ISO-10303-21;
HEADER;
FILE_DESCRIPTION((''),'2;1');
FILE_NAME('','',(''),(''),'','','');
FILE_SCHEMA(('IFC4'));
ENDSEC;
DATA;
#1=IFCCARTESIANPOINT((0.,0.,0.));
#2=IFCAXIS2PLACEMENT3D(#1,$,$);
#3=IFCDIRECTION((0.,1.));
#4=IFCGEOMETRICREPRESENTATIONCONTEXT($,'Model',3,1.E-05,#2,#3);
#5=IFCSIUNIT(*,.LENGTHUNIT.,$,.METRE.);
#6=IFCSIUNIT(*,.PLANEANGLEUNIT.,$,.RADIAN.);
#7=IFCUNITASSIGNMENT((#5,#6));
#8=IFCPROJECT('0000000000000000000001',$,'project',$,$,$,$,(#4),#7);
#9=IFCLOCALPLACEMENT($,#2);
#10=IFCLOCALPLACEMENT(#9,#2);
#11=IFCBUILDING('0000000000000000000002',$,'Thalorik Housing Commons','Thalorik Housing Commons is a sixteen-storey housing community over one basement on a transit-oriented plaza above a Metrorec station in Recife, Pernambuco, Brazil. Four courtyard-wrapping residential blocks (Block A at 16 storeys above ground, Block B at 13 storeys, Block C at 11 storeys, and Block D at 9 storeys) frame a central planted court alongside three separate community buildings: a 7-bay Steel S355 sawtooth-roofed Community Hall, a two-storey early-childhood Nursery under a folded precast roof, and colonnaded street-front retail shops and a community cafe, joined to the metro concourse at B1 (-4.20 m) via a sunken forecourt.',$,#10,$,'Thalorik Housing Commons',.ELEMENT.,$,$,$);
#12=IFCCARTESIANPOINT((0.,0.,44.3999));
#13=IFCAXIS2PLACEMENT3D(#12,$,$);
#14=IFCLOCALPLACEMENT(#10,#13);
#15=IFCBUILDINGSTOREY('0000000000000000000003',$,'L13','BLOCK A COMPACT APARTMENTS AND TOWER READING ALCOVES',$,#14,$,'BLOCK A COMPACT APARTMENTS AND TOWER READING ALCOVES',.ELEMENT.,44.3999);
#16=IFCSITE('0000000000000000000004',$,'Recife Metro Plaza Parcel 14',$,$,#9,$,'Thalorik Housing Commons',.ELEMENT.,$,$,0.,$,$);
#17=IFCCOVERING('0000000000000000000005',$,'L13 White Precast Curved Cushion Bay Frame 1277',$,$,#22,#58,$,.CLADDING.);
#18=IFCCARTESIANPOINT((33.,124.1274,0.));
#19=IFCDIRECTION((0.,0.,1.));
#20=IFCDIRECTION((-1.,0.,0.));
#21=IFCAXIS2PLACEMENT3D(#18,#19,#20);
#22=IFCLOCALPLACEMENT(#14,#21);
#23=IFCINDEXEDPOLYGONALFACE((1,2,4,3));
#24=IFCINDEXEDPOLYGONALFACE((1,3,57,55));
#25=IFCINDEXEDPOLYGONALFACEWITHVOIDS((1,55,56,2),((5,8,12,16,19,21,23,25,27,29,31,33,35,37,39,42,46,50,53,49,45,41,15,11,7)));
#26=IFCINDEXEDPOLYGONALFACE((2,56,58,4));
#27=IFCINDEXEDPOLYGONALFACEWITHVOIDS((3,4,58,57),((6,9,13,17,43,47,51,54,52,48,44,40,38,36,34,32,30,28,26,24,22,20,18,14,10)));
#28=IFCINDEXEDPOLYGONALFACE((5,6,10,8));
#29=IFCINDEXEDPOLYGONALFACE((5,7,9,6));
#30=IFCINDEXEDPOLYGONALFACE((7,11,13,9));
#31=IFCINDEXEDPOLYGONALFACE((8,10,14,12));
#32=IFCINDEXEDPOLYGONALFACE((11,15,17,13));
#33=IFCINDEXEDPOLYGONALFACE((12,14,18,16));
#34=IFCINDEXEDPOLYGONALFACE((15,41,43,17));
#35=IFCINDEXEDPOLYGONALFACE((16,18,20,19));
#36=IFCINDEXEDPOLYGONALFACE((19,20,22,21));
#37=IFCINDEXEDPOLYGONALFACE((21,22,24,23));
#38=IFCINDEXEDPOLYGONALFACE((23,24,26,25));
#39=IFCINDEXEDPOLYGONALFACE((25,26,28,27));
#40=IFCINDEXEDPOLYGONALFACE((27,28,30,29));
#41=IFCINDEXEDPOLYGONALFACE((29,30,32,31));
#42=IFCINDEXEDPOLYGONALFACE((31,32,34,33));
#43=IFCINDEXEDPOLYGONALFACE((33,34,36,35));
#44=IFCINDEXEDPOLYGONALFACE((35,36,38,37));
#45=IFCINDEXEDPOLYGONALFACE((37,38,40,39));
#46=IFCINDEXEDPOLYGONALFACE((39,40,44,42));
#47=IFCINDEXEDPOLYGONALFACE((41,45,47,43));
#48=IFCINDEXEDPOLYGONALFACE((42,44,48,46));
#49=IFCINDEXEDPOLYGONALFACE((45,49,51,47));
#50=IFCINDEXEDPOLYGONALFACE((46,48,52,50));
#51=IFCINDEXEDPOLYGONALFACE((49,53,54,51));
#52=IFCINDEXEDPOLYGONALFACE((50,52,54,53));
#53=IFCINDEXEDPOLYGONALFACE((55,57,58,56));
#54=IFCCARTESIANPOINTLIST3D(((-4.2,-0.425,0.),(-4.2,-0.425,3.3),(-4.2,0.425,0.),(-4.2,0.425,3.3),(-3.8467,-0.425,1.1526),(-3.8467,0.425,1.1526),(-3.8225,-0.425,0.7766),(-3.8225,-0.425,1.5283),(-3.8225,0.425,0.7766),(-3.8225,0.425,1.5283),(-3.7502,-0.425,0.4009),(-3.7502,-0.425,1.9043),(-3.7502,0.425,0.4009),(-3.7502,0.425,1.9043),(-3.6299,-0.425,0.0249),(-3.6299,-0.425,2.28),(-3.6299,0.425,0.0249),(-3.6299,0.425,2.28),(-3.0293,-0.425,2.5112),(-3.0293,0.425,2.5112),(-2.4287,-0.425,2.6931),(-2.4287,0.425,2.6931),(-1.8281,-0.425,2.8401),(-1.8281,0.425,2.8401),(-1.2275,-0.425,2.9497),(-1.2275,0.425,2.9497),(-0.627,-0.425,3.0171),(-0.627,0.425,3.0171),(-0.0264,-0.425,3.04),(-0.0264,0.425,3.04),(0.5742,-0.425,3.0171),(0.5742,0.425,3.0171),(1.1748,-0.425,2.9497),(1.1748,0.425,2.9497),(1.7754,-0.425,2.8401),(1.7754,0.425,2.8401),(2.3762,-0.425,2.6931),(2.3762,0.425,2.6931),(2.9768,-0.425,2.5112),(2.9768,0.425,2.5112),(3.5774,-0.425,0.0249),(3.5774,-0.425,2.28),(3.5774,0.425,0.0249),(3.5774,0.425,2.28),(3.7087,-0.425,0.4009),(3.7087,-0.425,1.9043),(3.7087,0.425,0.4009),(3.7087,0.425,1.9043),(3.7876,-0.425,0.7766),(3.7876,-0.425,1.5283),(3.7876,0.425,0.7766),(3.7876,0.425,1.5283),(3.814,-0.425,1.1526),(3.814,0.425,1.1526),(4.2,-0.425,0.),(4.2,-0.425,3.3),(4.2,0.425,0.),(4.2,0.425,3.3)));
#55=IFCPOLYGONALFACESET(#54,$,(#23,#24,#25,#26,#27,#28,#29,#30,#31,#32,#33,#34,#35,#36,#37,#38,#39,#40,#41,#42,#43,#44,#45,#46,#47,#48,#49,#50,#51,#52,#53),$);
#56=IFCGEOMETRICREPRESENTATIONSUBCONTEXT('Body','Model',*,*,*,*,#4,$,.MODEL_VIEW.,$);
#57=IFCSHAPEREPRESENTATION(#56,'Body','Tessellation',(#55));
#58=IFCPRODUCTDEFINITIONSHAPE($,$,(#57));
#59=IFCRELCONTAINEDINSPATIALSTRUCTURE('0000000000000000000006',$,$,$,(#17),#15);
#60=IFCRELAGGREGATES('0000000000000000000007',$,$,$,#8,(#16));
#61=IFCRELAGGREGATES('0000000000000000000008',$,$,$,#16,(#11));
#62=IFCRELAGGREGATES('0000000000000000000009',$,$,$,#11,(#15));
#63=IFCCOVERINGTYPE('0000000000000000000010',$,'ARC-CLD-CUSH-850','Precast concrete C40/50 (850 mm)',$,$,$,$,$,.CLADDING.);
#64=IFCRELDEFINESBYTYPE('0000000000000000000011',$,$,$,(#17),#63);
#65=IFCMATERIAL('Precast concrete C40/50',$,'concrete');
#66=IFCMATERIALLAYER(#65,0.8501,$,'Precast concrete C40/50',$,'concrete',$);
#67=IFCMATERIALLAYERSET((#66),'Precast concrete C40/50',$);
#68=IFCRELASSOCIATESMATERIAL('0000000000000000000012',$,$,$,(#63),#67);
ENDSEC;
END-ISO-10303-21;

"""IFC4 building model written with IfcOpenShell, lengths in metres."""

from ifc_helpers import new_model, si_unit, direction, frame, origin, place, context, subcontext, project, spatial, polyline, outline, extrude, material, layer, layer_set, type_object, element, save


model = new_model("IFC4")

# Units and contexts
model_context = context("Model", 3, precision=1e-05, world=origin(), true_north=direction((0.0, 1.0)))
body_context = subcontext(model_context, "Body", "Model", "MODEL_VIEW")
ifc_project = project(units=[si_unit("LENGTHUNIT", "METRE"), si_unit("PLANEANGLEUNIT", "RADIAN")], contexts=[model_context])

# Site, building, storey
site_placement = place(None, origin())
site = spatial("IfcSite", under=ifc_project, at=site_placement, Name="Recife Metro Plaza Parcel 14", LongName="Thalorik Housing Commons", CompositionType="ELEMENT", RefElevation=0.0)
building_placement = place(site_placement, origin())
building = spatial("IfcBuilding", under=site, at=building_placement, Name="Thalorik Housing Commons", Description="Thalorik Housing Commons is a sixteen-storey housing community over one basement on a transit-oriented plaza above a Metrorec station in Recife, Pernambuco, Brazil. Four courtyard-wrapping residential blocks (Block A at 16 storeys above ground, Block B at 13 storeys, Block C at 11 storeys, and Block D at 9 storeys) frame a central planted court alongside three separate community buildings: a 7-bay Steel S355 sawtooth-roofed Community Hall, a two-storey early-childhood Nursery under a folded precast roof, and colonnaded street-front retail shops and a community cafe, joined to the metro concourse at B1 (-4.20 m) via a sunken forecourt.", LongName="Thalorik Housing Commons", CompositionType="ELEMENT")
storey_placement = place(building_placement, frame((0.0, 0.0, 44.3999)))
storey = spatial("IfcBuildingStorey", under=building, at=storey_placement, Name="L13", Description="BLOCK A COMPACT APARTMENTS AND TOWER READING ALCOVES", LongName="BLOCK A COMPACT APARTMENTS AND TOWER READING ALCOVES", CompositionType="ELEMENT", Elevation=44.3999)

# Shared definitions
ifc_material_1 = material(Name="Precast concrete C40/50", Category="concrete")

# Covering
ifc_layer_1 = layer(ifc_material_1, 0.8501, Name="Precast concrete C40/50", Category="concrete")
ifc_layer_set_1 = layer_set([ifc_layer_1], Name="Precast concrete C40/50")
covering_type_1 = type_object("IfcCoveringType", Name="ARC-CLD-CUSH-850", Description="Precast concrete C40/50 (850 mm)", PredefinedType="CLADDING", material=ifc_layer_set_1)
covering_1_placement = place(storey_placement, frame((33.0, 124.1274, 0.0), z_axis=(0.0, 0.0, 1.0), x_axis=(-1.0, 0.0, 0.0)))
element("IfcCovering", 1, at=covering_1_placement, inside=storey, type_object=covering_type_1, Name="L13 White Precast Curved Cushion Bay Frame 1277", PredefinedType="CLADDING", context=body_context, shape_type="SweptSolid", body=[
    extrude(outline(polyline([(-4.2, 0.0), (4.2, 0.0), (4.2, 3.3), (-4.2, 3.3), (-4.2, 0.0)]), holes=[polyline([(3.5774, 0.0249), (3.7087, 0.4009), (3.7876, 0.7766), (3.814, 1.1526), (3.7876, 1.5283), (3.7087, 1.9043), (3.5774, 2.28), (2.9768, 2.5112), (2.3762, 2.6931), (1.7754, 2.8401), (1.1748, 2.9497), (0.5742, 3.0171), (-0.0264, 3.04), (-0.627, 3.0171), (-1.2275, 2.9497), (-1.8281, 2.8401), (-2.4287, 2.6931), (-3.0293, 2.5112), (-3.6299, 2.28), (-3.7502, 1.9043), (-3.8225, 1.5283), (-3.8467, 1.1526), (-3.8225, 0.7766), (-3.7502, 0.4009), (-3.6299, 0.0249), (3.5774, 0.0249)])]), frame((0.0, 0.425, 0.0), z_axis=(0.0, -1.0, 0.0), x_axis=(1.0, 0.0, 0.0)), (0.0, 0.0, 1.0), 0.8501),
])

save(model, "model.ifc")
